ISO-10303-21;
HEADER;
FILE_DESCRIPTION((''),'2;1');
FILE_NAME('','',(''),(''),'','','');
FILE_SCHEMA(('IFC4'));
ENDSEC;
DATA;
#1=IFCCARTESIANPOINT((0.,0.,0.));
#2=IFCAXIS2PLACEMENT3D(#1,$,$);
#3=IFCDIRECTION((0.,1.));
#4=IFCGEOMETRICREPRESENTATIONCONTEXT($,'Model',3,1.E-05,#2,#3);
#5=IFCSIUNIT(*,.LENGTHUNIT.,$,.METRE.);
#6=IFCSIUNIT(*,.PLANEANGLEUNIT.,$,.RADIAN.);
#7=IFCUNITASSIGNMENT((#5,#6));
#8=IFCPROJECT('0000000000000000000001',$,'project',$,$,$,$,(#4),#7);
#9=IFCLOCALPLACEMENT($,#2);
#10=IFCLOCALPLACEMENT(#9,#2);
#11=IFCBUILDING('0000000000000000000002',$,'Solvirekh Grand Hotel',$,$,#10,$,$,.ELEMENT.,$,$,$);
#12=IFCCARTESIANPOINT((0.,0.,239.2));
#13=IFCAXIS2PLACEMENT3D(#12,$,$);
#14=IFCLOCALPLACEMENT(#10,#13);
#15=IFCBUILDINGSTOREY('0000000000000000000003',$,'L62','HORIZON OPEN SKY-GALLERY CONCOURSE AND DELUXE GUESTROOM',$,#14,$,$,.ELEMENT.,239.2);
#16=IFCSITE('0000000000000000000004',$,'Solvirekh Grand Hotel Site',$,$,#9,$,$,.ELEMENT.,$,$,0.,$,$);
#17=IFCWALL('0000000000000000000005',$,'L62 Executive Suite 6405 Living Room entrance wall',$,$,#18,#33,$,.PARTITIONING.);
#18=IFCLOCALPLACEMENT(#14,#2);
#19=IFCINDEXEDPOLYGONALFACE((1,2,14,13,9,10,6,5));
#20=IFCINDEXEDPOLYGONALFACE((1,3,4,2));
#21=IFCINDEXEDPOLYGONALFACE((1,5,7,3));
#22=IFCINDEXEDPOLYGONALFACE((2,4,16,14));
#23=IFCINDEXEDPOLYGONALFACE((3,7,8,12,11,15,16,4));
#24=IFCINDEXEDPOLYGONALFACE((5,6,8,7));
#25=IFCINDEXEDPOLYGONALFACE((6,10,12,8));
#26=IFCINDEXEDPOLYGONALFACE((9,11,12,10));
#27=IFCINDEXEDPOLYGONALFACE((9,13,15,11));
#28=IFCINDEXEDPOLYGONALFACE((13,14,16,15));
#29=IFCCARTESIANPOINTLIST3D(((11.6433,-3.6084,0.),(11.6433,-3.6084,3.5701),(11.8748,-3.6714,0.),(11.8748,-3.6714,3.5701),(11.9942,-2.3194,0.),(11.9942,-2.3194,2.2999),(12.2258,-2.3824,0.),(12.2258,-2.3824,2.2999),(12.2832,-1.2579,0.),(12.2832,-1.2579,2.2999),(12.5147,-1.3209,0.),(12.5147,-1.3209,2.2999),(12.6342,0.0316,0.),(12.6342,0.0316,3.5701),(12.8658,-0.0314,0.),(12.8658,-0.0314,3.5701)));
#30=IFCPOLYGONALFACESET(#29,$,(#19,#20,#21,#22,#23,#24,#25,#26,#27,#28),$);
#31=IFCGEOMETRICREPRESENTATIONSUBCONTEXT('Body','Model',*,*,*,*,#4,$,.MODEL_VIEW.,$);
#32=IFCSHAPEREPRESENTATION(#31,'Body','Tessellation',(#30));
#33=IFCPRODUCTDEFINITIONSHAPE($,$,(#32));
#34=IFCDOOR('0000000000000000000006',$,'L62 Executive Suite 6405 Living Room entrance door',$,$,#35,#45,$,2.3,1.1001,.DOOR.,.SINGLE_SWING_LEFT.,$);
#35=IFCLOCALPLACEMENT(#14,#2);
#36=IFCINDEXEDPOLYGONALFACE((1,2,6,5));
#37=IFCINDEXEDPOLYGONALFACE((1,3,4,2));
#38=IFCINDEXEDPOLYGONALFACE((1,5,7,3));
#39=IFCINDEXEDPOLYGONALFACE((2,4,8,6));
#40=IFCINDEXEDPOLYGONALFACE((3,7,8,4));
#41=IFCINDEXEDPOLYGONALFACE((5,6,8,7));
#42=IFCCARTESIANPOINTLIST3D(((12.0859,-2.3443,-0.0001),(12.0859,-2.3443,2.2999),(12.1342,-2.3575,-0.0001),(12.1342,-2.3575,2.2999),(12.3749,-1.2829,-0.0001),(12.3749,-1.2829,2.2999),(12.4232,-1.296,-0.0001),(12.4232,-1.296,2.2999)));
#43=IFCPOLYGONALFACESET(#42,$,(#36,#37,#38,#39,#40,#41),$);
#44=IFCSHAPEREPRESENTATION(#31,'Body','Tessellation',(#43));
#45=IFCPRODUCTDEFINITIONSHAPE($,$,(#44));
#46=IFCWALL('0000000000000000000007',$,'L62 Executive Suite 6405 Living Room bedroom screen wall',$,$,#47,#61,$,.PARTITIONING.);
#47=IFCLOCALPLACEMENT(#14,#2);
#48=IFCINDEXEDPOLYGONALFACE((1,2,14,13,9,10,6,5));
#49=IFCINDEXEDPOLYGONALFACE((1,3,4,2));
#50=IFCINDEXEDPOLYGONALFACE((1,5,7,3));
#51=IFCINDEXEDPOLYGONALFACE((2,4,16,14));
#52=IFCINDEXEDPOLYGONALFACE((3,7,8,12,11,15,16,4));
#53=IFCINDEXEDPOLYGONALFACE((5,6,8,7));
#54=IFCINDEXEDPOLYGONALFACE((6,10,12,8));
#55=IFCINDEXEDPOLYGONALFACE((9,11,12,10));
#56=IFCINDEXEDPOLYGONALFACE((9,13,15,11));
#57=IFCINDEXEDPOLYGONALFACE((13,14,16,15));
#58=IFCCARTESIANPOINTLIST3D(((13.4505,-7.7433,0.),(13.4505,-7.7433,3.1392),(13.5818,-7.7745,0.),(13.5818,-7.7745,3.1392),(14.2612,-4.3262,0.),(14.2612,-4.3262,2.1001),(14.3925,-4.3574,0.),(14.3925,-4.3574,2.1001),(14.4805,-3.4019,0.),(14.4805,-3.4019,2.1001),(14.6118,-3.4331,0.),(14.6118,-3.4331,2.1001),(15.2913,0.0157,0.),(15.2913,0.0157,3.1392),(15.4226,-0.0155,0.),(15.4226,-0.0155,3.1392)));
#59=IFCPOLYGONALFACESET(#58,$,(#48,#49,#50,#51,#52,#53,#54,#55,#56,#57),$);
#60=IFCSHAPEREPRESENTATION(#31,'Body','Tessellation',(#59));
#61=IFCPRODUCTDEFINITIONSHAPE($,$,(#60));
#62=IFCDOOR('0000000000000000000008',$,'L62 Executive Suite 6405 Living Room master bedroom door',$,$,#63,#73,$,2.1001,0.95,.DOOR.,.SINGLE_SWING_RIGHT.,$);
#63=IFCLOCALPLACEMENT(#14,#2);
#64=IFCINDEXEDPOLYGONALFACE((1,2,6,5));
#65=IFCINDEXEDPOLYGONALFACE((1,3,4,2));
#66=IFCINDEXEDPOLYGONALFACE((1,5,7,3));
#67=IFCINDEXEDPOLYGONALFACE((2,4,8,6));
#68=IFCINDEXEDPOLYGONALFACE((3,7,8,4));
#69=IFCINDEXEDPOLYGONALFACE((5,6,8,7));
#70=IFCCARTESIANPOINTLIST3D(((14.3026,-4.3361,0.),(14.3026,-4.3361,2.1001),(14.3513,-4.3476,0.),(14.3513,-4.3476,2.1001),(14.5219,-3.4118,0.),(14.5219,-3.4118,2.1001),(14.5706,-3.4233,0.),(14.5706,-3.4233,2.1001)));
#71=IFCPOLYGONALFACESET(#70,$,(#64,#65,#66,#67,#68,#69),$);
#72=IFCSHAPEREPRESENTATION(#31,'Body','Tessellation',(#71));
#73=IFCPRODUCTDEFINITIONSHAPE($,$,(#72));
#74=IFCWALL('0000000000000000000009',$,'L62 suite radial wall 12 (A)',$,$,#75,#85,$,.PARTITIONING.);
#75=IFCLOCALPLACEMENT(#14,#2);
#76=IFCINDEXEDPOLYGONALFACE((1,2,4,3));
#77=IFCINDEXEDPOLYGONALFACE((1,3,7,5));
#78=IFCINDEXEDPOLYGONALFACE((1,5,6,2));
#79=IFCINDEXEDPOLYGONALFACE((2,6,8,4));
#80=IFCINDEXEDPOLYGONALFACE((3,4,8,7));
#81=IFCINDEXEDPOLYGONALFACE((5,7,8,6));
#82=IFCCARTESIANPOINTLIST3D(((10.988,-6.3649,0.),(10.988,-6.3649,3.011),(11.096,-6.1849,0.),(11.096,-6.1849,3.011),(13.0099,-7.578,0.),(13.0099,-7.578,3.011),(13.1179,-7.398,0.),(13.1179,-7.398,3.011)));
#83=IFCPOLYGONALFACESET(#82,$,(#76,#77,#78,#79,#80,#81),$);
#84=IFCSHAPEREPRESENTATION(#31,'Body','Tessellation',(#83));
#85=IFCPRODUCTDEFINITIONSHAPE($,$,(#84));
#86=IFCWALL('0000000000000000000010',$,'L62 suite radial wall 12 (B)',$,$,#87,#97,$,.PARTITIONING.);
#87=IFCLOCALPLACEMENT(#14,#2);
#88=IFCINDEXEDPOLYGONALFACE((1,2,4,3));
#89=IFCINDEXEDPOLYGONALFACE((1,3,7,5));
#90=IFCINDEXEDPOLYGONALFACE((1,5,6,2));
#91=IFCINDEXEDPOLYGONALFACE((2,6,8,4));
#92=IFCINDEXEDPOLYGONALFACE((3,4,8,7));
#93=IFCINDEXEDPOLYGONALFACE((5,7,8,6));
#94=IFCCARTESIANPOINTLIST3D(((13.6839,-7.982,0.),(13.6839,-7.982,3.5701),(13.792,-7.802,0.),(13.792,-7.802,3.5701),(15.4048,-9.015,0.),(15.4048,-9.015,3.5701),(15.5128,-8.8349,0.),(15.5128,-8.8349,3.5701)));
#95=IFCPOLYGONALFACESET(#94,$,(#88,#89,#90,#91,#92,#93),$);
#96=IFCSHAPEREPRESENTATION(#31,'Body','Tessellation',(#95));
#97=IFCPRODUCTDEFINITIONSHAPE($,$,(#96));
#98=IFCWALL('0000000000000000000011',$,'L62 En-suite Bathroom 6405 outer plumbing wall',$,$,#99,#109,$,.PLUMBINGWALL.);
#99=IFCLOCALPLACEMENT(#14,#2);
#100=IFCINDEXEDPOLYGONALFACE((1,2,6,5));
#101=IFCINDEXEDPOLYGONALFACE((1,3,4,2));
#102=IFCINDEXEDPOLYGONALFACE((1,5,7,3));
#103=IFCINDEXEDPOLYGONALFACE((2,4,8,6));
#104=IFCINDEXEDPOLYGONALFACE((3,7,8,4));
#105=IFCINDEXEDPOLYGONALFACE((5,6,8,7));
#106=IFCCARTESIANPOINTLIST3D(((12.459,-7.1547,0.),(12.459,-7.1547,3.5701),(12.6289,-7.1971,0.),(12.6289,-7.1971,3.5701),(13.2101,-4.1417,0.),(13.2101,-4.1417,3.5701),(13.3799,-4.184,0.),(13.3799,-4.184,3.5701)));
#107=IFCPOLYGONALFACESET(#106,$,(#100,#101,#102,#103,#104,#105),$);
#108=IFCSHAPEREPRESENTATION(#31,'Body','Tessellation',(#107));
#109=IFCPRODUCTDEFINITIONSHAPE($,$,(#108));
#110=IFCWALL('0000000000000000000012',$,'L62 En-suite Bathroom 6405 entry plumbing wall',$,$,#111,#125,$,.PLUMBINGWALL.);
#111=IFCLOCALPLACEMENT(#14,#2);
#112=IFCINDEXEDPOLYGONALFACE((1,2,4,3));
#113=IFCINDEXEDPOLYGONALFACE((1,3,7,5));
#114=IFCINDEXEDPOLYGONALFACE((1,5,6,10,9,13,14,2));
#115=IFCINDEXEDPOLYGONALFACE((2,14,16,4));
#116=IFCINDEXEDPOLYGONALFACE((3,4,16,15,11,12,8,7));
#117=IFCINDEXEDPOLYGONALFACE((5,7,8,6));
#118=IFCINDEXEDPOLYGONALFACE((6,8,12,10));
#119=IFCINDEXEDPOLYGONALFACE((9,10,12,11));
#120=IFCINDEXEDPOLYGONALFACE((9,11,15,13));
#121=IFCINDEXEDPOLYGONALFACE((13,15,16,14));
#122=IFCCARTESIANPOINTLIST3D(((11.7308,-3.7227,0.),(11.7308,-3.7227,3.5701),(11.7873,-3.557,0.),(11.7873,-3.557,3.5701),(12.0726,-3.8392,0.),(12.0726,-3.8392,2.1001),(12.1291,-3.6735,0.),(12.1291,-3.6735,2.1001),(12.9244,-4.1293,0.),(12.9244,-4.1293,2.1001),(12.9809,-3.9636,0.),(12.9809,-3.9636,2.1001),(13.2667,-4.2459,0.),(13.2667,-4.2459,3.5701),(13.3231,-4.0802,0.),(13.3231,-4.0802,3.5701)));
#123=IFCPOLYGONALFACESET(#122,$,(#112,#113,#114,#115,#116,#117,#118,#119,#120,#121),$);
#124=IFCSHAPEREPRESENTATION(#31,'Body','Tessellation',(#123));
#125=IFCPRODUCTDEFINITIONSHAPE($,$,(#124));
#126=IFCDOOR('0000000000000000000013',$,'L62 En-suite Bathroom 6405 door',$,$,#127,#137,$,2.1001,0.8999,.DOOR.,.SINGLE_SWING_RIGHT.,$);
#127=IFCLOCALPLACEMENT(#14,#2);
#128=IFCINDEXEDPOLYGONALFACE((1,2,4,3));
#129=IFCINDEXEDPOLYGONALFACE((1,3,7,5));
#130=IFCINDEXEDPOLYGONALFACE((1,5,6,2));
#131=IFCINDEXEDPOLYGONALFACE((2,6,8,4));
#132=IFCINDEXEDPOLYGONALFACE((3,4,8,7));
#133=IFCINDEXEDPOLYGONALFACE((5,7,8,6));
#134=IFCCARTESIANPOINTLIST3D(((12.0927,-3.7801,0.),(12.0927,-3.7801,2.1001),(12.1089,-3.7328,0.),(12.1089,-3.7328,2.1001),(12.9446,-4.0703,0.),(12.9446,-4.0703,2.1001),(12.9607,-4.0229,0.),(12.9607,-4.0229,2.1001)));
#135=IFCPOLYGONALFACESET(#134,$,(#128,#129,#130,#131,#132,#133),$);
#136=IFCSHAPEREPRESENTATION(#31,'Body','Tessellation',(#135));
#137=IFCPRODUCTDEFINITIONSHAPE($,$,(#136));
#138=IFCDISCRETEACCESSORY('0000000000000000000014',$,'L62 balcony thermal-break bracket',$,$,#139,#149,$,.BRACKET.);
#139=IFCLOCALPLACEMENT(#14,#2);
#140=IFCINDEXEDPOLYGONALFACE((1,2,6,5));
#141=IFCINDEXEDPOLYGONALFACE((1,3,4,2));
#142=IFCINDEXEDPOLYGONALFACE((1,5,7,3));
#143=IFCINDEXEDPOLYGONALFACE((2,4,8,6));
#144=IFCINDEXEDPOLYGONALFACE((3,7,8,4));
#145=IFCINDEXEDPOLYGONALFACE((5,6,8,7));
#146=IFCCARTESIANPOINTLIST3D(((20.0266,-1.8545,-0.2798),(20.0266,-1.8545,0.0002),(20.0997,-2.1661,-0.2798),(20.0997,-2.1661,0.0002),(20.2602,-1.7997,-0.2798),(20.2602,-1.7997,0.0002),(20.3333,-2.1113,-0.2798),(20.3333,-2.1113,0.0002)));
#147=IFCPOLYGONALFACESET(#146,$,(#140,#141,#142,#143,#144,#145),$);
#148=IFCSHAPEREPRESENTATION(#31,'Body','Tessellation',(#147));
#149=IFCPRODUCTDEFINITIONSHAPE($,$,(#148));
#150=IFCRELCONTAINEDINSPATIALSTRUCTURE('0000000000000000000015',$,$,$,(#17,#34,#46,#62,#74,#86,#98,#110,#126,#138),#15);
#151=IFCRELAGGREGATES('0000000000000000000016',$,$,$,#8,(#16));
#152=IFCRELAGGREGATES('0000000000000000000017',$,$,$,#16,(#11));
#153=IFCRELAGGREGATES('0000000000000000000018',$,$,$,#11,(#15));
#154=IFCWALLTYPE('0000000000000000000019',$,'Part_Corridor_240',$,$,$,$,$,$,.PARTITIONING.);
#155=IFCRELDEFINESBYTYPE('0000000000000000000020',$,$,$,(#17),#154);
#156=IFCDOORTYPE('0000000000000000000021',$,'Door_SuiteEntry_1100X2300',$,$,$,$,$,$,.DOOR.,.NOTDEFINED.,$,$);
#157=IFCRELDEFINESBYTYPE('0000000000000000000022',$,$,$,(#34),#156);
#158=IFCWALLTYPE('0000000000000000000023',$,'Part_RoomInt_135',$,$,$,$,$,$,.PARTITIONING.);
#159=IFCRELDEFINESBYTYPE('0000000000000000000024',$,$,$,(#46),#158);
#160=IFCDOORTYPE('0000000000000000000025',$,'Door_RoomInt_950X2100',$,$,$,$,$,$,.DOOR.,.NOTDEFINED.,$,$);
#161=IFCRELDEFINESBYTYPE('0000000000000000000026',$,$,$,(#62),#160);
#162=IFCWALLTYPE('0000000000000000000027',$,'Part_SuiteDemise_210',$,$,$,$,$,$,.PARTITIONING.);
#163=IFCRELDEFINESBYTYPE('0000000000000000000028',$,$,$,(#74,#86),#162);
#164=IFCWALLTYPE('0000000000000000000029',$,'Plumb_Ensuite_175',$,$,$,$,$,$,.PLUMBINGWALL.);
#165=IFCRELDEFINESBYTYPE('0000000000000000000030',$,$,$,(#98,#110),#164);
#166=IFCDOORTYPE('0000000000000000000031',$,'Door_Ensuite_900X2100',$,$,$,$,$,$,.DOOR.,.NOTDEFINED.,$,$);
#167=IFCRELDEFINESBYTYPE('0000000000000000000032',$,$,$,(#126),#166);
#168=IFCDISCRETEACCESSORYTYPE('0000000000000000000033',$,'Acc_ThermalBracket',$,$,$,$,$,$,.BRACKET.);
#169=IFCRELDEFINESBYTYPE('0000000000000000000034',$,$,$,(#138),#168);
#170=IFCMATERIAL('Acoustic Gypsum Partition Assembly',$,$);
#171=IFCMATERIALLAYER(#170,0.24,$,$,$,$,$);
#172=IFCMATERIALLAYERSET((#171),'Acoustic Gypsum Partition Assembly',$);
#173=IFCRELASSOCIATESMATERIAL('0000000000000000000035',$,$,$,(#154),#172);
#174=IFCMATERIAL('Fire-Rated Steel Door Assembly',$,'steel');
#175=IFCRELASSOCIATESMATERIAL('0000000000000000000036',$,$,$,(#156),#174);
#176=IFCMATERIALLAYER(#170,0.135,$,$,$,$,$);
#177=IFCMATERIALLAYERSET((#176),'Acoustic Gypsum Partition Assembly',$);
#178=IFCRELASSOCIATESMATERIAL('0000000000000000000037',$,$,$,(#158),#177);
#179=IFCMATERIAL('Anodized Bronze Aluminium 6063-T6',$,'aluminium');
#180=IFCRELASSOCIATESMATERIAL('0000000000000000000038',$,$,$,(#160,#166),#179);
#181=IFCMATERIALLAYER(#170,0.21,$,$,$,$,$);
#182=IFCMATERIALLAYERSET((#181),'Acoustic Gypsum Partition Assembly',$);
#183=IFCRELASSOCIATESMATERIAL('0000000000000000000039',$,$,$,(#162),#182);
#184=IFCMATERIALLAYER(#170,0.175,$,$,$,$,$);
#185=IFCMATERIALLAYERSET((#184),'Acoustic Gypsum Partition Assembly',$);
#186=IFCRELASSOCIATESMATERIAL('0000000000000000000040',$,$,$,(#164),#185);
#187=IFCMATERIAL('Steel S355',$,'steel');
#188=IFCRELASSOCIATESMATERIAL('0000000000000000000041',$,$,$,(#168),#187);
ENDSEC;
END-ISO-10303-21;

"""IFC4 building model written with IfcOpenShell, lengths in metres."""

from ifc_helpers import new_model, si_unit, direction, frame, frame_2d, origin, origin_2d, place, context, subcontext, project, spatial, rectangle, extrude, material, layer, layer_set, type_object, element, fill, save


model = new_model("IFC4")

# Units and contexts
model_context = context("Model", 3, precision=1e-05, world=origin(), true_north=direction((0.0, 1.0)))
body_context = subcontext(model_context, "Body", "Model", "MODEL_VIEW")
ifc_project = project(units=[si_unit("LENGTHUNIT", "METRE"), si_unit("PLANEANGLEUNIT", "RADIAN")], contexts=[model_context])

# Site, building, storey
site_placement = place(None, origin())
site = spatial("IfcSite", under=ifc_project, at=site_placement, Name="Solvirekh Grand Hotel Site", CompositionType="ELEMENT", RefElevation=0.0)
building_placement = place(site_placement, origin())
building = spatial("IfcBuilding", under=site, at=building_placement, Name="Solvirekh Grand Hotel", CompositionType="ELEMENT")
storey_placement = place(building_placement, frame((0.0, 0.0, 239.2)))
storey = spatial("IfcBuildingStorey", under=building, at=storey_placement, Name="L62", Description="HORIZON OPEN SKY-GALLERY CONCOURSE AND DELUXE GUESTROOM", CompositionType="ELEMENT", Elevation=239.2)

# Shared definitions
ifc_material_1 = material(Name="Steel S355", Category="steel")

# Shared definitions
ifc_material_2 = material(Name="Anodized Bronze Aluminium 6063-T6", Category="aluminium")

# Shared definitions
ifc_material_3 = material(Name="Acoustic Gypsum Partition Assembly")
ifc_layer_1 = layer(ifc_material_3, 0.24)
ifc_layer_set_1 = layer_set([ifc_layer_1], Name="Acoustic Gypsum Partition Assembly")
wall_type_1 = type_object("IfcWallType", Name="Part_Corridor_240", PredefinedType="PARTITIONING", material=ifc_layer_set_1)
ifc_material_4 = material(Name="Fire-Rated Steel Door Assembly", Category="steel")

# Walls, openings, doors
wall_1_placement = place(storey_placement, frame((11.759, -3.6399, 0.0), z_axis=(0.0, 0.0, 1.0), x_axis=(0.26269, 0.96488, 0.0)))
wall_1 = element("IfcWall", 1, at=wall_1_placement, inside=storey, type_object=wall_type_1, Name="L62 Executive Suite 6405 Living Room entrance wall", PredefinedType="PARTITIONING", context=body_context, shape_type="SweptSolid", body=[
    extrude(rectangle(XDim=3.7725, YDim=0.24, at=frame_2d((1.8862, 0.0))), origin(), (0.0, 0.0, 1.0), 3.5701),
])
opening_1_placement = place(wall_1_placement, frame((1.3359, 0.0, 0.0)))
opening_1 = element("IfcOpeningElement", 2, at=opening_1_placement, cuts=wall_1, PredefinedType="OPENING", context=body_context, shape_type="SweptSolid", body=[
    extrude(rectangle(XDim=1.1001, YDim=2.3, at=frame_2d((0.55, 1.1499))), frame((0.0, 0.1299, 0.0), z_axis=(0.0, -1.0, 0.0), x_axis=(1.0, 0.0, 0.0)), (0.0, 0.0, 1.0), 0.26),
])
door_type_1 = type_object("IfcDoorType", Name="Door_SuiteEntry_1100X2300", OperationType="NOTDEFINED", PredefinedType="DOOR", material=ifc_material_4)
door_1_placement = place(opening_1_placement, origin())
door_1 = element("IfcDoor", 3, at=door_1_placement, inside=storey, type_object=door_type_1, Name="L62 Executive Suite 6405 Living Room entrance door", OperationType="SINGLE_SWING_LEFT", OverallHeight=2.3, OverallWidth=1.1001, PredefinedType="DOOR", context=body_context, shape_type="SweptSolid", body=[
    extrude(rectangle(XDim=1.1001, YDim=2.3, at=frame_2d((0.55, 1.1499))), frame((0.0, 0.0249, 0.0), z_axis=(0.0, -1.0, 0.0), x_axis=(1.0, 0.0, 0.0)), (0.0, 0.0, 1.0), 0.05),
])
fill(opening_1, door_1)
ifc_layer_2 = layer(ifc_material_3, 0.135)
ifc_layer_set_2 = layer_set([ifc_layer_2], Name="Acoustic Gypsum Partition Assembly")
wall_type_2 = type_object("IfcWallType", Name="Part_RoomInt_135", PredefinedType="PARTITIONING", material=ifc_layer_set_2)
wall_2_placement = place(storey_placement, frame((13.5161, -7.759, 0.0), z_axis=(0.0, 0.0, 1.0), x_axis=(0.230841, 0.972992, 0.0)))
wall_2 = element("IfcWall", 4, at=wall_2_placement, inside=storey, type_object=wall_type_2, Name="L62 Executive Suite 6405 Living Room bedroom screen wall", PredefinedType="PARTITIONING", context=body_context, shape_type="SweptSolid", body=[
    extrude(rectangle(XDim=7.9744, YDim=0.135, at=frame_2d((3.9873, 0.0))), origin(), (0.0, 0.0, 1.0), 3.1392),
])
opening_2_placement = place(wall_2_placement, frame((3.512, 0.0, 0.0)))
opening_2 = element("IfcOpeningElement", 5, at=opening_2_placement, cuts=wall_2, PredefinedType="OPENING", context=body_context, shape_type="SweptSolid", body=[
    extrude(rectangle(XDim=0.95, YDim=2.1001, at=frame_2d((0.4751, 1.05))), frame((0.0, 0.0776, 0.0), z_axis=(0.0, -1.0, 0.0), x_axis=(1.0, 0.0, 0.0)), (0.0, 0.0, 1.0), 0.155),
])
door_type_2 = type_object("IfcDoorType", Name="Door_RoomInt_950X2100", OperationType="NOTDEFINED", PredefinedType="DOOR", material=ifc_material_2)
door_2_placement = place(opening_2_placement, origin())
door_2 = element("IfcDoor", 6, at=door_2_placement, inside=storey, type_object=door_type_2, Name="L62 Executive Suite 6405 Living Room master bedroom door", OperationType="SINGLE_SWING_RIGHT", OverallHeight=2.1001, OverallWidth=0.95, PredefinedType="DOOR", context=body_context, shape_type="SweptSolid", body=[
    extrude(rectangle(XDim=0.95, YDim=2.1001, at=frame_2d((0.4751, 1.05))), frame((0.0, 0.0249, 0.0), z_axis=(0.0, -1.0, 0.0), x_axis=(1.0, 0.0, 0.0)), (0.0, 0.0, 1.0), 0.05),
])
fill(opening_2, door_2)

# Walls
ifc_layer_3 = layer(ifc_material_3, 0.21)
ifc_layer_set_3 = layer_set([ifc_layer_3], Name="Acoustic Gypsum Partition Assembly")
wall_type_3 = type_object("IfcWallType", Name="Part_SuiteDemise_210", PredefinedType="PARTITIONING", material=ifc_layer_set_3)
wall_3_placement = place(storey_placement, frame((11.042, -6.2749, 0.0), z_axis=(0.0, 0.0, 1.0), x_axis=(0.857502, -0.514481, 0.0)))
element("IfcWall", 7, at=wall_3_placement, inside=storey, type_object=wall_type_3, Name="L62 suite radial wall 12 (A)", PredefinedType="PARTITIONING", context=body_context, shape_type="SweptSolid", body=[
    extrude(rectangle(XDim=2.3579, YDim=0.21, at=frame_2d((1.179, 0.0))), origin(), (0.0, 0.0, 1.0), 3.011),
])
wall_4_placement = place(storey_placement, frame((13.738, -7.8921, 0.0), z_axis=(0.0, 0.0, 1.0), x_axis=(0.857407, -0.514639, 0.0)))
element("IfcWall", 8, at=wall_4_placement, inside=storey, type_object=wall_type_3, Name="L62 suite radial wall 12 (B)", PredefinedType="PARTITIONING", context=body_context, shape_type="SweptSolid", body=[
    extrude(rectangle(XDim=2.0071, YDim=0.21, at=frame_2d((1.0034, 0.0))), origin(), (0.0, 0.0, 1.0), 3.5701),
])
ifc_layer_4 = layer(ifc_material_3, 0.175)
ifc_layer_set_4 = layer_set([ifc_layer_4], Name="Acoustic Gypsum Partition Assembly")
wall_type_4 = type_object("IfcWallType", Name="Plumb_Ensuite_175", PredefinedType="PLUMBINGWALL", material=ifc_layer_set_4)
wall_5_placement = place(storey_placement, frame((12.5439, -7.176, 0.0), z_axis=(0.0, 0.0, 1.0), x_axis=(0.241851, 0.970313, 0.0)))
element("IfcWall", 9, at=wall_5_placement, inside=storey, type_object=wall_type_4, Name="L62 En-suite Bathroom 6405 outer plumbing wall", PredefinedType="PLUMBINGWALL", context=body_context, shape_type="SweptSolid", body=[
    extrude(rectangle(XDim=3.1052, YDim=0.175, at=frame_2d((1.5527, 0.0))), origin(), (0.0, 0.0, 1.0), 3.5701),
])

# Wall, opening, door
wall_6_placement = place(storey_placement, frame((11.759, -3.6399, 0.0), z_axis=(0.0, 0.0, 1.0), x_axis=(0.946586, -0.32245, 0.0)))
wall_6 = element("IfcWall", 10, at=wall_6_placement, inside=storey, type_object=wall_type_4, Name="L62 En-suite Bathroom 6405 entry plumbing wall", PredefinedType="PLUMBINGWALL", context=body_context, shape_type="SweptSolid", body=[
    extrude(rectangle(XDim=1.6226, YDim=0.175, at=frame_2d((0.8113, 0.0))), origin(), (0.0, 0.0, 1.0), 3.5701),
])
opening_3_placement = place(wall_6_placement, frame((0.3611, 0.0, 0.0)))
opening_3 = element("IfcOpeningElement", 11, at=opening_3_placement, cuts=wall_6, PredefinedType="OPENING", context=body_context, shape_type="SweptSolid", body=[
    extrude(rectangle(XDim=0.8999, YDim=2.1001, at=frame_2d((0.45, 1.05))), frame((0.0, 0.0977, 0.0), z_axis=(0.0, -1.0, 0.0), x_axis=(1.0, 0.0, 0.0)), (0.0, 0.0, 1.0), 0.1951),
])
door_type_3 = type_object("IfcDoorType", Name="Door_Ensuite_900X2100", OperationType="NOTDEFINED", PredefinedType="DOOR", material=ifc_material_2)
door_3_placement = place(opening_3_placement, origin())
door_3 = element("IfcDoor", 12, at=door_3_placement, inside=storey, type_object=door_type_3, Name="L62 En-suite Bathroom 6405 door", OperationType="SINGLE_SWING_RIGHT", OverallHeight=2.1001, OverallWidth=0.8999, PredefinedType="DOOR", context=body_context, shape_type="SweptSolid", body=[
    extrude(rectangle(XDim=0.8999, YDim=2.1001, at=frame_2d((0.45, 1.05))), frame((0.0, 0.0249, 0.0), z_axis=(0.0, -1.0, 0.0), x_axis=(1.0, 0.0, 0.0)), (0.0, 0.0, 1.0), 0.05),
])
fill(opening_3, door_3)

# Discrete accessory
discrete_accessory_type = type_object("IfcDiscreteAccessoryType", Name="Acc_ThermalBracket", PredefinedType="BRACKET", material=ifc_material_1)
discrete_accessory_placement = place(storey_placement, frame((20.1799, -1.9829, -0.2798), z_axis=(0.0, 0.0, 1.0), x_axis=(0.228351, -0.973579, 0.0)))
element("IfcDiscreteAccessory", 13, at=discrete_accessory_placement, inside=storey, type_object=discrete_accessory_type, Name="L62 balcony thermal-break bracket", PredefinedType="BRACKET", context=body_context, shape_type="SweptSolid", body=[
    extrude(rectangle(XDim=0.3201, YDim=0.24, at=origin_2d()), origin(), (0.0, 0.0, 1.0), 0.28),
])

save(model, "model.ifc")
